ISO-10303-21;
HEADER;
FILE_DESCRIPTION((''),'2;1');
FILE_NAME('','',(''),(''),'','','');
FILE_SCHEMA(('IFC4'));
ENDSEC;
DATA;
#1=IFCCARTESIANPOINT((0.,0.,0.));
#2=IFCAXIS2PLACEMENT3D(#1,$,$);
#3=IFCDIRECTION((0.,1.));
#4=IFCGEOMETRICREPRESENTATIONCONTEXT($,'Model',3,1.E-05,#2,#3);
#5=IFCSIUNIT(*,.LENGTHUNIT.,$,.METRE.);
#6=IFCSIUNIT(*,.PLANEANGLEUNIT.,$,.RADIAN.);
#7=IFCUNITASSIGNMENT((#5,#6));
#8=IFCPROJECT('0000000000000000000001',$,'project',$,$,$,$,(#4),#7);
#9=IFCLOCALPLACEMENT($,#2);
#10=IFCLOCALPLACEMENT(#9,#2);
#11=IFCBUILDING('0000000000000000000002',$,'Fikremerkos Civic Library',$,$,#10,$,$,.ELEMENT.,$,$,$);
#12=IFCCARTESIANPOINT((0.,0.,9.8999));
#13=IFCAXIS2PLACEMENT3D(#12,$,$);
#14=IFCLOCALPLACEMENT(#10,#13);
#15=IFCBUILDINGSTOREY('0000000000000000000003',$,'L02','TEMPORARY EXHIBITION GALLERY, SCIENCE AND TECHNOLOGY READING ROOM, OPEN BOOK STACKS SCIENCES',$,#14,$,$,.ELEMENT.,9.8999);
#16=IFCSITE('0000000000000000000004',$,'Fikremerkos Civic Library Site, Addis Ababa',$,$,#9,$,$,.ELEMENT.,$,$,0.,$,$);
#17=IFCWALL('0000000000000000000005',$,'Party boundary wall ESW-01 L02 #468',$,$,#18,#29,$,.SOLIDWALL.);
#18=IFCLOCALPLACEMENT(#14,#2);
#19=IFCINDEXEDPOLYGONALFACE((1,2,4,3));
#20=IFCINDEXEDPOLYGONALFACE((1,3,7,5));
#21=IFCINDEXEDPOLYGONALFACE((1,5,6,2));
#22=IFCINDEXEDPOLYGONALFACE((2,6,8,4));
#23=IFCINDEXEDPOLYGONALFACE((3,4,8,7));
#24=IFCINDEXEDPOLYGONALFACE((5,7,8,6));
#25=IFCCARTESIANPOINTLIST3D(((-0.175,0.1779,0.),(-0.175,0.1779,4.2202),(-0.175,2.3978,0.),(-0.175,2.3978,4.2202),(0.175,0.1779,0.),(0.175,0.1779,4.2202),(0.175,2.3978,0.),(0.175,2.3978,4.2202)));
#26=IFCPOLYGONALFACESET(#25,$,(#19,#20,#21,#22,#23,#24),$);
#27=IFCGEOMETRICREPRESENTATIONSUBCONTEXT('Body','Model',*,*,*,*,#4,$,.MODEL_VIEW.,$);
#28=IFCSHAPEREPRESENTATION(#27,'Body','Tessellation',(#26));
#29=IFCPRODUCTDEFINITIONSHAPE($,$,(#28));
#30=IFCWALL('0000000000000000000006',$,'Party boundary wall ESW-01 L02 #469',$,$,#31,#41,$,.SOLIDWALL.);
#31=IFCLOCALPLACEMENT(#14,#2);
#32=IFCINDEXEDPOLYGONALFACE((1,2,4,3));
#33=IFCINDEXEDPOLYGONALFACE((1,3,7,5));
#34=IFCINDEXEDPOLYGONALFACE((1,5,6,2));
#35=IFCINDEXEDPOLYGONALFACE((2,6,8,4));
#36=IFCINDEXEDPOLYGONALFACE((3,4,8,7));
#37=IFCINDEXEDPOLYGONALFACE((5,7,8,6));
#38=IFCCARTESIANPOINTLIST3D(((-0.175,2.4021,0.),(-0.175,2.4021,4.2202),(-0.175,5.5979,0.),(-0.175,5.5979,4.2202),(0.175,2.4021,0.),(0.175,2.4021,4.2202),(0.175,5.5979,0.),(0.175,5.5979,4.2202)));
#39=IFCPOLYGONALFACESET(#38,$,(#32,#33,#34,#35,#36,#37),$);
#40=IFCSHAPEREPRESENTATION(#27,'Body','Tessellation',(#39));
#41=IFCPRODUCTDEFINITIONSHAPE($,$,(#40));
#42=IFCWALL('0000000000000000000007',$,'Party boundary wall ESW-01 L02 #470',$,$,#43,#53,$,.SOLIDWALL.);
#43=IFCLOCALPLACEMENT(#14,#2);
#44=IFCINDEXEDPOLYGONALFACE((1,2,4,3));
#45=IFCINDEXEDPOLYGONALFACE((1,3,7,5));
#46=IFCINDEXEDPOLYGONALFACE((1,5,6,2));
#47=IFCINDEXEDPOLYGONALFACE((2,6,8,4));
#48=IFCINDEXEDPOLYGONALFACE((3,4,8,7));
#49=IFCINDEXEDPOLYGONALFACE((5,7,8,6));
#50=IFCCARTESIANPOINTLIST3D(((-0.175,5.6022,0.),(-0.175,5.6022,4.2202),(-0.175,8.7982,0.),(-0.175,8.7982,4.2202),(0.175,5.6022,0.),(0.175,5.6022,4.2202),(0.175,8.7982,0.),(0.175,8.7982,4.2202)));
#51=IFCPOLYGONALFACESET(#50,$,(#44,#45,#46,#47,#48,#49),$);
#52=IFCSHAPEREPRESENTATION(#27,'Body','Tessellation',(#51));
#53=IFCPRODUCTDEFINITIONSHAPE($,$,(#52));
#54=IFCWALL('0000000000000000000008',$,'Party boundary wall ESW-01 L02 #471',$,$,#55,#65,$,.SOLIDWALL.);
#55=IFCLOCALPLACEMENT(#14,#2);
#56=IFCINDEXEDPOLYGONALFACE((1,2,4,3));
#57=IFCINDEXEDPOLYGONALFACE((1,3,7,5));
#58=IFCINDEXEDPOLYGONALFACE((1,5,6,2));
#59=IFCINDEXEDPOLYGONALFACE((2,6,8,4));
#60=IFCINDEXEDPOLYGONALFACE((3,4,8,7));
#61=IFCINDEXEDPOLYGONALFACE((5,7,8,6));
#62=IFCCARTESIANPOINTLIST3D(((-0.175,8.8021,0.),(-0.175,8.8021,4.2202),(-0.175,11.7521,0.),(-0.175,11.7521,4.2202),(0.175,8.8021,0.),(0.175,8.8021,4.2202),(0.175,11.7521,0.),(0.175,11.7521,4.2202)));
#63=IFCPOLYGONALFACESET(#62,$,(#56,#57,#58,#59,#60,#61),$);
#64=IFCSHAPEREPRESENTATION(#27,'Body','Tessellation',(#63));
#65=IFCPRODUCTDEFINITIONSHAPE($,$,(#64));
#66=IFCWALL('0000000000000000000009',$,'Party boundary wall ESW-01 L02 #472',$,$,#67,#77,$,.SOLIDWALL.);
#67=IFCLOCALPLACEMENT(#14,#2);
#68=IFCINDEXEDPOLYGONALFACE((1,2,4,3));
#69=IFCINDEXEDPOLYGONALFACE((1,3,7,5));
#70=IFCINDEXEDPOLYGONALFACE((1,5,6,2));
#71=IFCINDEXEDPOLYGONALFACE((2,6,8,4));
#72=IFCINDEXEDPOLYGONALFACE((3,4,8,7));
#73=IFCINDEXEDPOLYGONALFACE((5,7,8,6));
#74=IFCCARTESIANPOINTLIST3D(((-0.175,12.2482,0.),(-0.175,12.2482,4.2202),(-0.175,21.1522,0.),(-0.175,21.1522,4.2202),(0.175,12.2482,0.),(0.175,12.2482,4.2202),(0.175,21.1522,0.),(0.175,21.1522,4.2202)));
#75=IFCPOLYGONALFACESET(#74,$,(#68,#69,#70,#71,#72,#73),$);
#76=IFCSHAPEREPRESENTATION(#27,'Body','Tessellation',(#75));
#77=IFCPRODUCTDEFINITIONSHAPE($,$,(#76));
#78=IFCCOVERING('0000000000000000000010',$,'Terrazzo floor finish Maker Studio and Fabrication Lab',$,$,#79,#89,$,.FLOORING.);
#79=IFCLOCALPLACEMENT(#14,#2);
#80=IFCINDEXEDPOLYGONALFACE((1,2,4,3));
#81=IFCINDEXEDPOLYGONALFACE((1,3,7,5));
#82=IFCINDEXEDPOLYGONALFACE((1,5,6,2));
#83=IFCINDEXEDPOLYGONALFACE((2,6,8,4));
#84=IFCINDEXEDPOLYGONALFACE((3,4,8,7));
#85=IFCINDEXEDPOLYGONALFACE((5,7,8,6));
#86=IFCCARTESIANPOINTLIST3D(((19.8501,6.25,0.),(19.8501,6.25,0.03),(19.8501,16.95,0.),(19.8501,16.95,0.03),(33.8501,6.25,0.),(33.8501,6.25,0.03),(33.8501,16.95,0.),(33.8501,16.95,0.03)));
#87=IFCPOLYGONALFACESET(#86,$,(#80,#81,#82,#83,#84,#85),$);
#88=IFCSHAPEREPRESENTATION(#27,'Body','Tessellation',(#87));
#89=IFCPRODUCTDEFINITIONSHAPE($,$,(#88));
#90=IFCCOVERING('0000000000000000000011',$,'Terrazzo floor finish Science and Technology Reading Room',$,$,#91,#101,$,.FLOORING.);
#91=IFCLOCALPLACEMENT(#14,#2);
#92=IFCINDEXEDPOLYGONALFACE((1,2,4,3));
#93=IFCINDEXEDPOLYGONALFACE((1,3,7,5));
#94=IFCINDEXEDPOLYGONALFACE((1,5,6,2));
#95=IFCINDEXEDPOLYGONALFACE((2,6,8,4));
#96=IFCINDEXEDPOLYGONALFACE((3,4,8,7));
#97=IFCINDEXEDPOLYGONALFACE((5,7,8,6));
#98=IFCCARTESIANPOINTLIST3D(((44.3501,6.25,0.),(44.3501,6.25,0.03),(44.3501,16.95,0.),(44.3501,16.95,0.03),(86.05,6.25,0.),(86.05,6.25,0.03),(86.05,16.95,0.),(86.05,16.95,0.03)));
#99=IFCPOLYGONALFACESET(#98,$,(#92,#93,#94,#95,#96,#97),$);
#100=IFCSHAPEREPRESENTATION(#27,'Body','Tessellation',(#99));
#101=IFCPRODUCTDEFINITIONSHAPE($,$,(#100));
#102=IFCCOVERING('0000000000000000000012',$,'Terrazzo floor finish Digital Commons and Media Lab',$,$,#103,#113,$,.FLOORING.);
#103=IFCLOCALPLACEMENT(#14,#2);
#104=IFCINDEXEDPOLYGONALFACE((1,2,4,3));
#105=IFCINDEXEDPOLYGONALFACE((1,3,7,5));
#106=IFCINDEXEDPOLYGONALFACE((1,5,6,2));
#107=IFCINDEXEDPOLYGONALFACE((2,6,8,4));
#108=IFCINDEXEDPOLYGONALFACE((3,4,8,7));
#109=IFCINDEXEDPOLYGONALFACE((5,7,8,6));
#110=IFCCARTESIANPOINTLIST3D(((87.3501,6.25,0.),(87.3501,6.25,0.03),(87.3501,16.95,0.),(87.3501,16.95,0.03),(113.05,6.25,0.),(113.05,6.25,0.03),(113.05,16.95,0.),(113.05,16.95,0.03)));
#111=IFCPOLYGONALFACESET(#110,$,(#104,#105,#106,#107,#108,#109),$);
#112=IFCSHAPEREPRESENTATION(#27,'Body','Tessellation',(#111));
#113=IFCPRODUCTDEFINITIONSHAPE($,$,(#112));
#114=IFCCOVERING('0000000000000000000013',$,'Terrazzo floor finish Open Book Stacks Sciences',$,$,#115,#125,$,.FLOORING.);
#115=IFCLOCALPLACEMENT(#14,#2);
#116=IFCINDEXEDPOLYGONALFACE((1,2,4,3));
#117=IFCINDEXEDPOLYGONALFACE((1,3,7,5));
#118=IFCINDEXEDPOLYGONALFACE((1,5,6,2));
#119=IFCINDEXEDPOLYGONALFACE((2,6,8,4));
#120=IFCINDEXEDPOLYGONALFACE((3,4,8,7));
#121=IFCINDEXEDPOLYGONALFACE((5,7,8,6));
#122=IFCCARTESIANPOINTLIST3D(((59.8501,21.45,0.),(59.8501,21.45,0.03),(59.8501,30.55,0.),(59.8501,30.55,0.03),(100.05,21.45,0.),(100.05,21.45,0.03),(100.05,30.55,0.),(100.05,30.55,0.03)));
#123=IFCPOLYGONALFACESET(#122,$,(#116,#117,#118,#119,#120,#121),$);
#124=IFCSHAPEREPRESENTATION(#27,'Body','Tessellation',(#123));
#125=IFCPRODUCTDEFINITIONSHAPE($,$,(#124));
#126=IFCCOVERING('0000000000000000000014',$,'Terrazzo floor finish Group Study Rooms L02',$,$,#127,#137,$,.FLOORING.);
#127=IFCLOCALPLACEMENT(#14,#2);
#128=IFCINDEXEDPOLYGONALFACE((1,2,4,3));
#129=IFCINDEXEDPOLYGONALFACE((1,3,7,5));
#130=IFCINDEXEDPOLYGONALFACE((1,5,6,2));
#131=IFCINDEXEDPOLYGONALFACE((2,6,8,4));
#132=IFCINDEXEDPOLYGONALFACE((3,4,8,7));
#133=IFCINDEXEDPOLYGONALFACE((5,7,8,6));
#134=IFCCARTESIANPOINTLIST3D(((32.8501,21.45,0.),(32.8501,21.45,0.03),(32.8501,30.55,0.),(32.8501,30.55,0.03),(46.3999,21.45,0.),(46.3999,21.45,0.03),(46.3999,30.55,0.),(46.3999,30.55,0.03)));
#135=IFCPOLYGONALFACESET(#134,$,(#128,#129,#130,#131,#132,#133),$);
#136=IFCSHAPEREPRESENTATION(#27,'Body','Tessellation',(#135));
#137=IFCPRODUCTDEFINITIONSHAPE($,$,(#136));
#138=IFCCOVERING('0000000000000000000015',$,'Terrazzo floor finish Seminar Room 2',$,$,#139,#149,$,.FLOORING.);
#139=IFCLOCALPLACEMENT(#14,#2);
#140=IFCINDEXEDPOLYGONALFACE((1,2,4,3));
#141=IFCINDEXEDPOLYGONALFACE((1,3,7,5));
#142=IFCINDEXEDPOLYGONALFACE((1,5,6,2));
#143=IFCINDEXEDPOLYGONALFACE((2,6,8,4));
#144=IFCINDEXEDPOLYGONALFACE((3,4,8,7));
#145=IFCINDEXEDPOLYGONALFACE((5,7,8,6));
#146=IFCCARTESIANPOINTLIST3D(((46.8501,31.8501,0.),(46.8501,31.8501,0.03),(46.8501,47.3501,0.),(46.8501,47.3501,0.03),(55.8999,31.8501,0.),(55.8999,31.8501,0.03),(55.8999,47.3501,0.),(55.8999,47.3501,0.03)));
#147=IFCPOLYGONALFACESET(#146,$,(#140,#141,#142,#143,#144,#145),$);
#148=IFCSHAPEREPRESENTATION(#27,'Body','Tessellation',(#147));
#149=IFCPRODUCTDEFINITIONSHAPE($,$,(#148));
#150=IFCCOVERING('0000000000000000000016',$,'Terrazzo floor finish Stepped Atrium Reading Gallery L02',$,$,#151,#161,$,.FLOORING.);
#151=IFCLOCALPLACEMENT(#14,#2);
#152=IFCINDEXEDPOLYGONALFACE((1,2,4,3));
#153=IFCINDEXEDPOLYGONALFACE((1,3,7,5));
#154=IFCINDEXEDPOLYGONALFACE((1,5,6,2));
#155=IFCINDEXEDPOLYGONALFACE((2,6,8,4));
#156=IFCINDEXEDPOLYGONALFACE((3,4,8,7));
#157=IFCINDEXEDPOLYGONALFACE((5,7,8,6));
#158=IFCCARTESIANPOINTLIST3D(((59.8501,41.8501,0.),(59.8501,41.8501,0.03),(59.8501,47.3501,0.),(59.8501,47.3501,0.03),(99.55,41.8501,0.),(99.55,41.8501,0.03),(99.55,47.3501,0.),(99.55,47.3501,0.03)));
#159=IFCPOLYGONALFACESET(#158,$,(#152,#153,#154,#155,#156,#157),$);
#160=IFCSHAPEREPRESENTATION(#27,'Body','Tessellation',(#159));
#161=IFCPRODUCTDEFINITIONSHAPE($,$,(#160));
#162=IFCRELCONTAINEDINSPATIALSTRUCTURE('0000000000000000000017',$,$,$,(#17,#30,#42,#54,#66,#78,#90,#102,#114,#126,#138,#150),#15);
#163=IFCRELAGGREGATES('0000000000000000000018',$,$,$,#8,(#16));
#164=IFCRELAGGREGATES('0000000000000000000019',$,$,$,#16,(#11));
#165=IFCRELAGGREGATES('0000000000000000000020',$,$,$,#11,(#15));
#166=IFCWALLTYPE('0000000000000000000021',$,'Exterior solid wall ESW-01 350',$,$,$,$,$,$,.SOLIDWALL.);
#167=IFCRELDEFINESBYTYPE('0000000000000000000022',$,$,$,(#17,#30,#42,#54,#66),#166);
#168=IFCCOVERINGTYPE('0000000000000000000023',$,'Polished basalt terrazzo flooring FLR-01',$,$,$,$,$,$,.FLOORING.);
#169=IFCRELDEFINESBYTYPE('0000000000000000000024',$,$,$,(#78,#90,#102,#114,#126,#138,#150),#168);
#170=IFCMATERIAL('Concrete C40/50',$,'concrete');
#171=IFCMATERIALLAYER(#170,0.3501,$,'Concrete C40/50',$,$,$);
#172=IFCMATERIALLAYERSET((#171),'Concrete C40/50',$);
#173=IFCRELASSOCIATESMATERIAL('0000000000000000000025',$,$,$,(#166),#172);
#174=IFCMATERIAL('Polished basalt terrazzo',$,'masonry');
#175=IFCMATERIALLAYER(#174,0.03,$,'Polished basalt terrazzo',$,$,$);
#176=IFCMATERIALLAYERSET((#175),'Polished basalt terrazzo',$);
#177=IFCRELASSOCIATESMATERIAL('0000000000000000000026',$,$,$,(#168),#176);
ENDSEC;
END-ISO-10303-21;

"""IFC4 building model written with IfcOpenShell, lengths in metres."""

from ifc_helpers import new_model, si_unit, direction, frame, frame_2d, origin, place, context, subcontext, project, spatial, polyline, rectangle, outline, extrude, material, layer, layer_set, type_object, element, save


model = new_model("IFC4")

# Units and contexts
model_context = context("Model", 3, precision=1e-05, world=origin(), true_north=direction((0.0, 1.0)))
body_context = subcontext(model_context, "Body", "Model", "MODEL_VIEW")
ifc_project = project(units=[si_unit("LENGTHUNIT", "METRE"), si_unit("PLANEANGLEUNIT", "RADIAN")], contexts=[model_context])

# Site, building, storey
site_placement = place(None, origin())
site = spatial("IfcSite", under=ifc_project, at=site_placement, Name="Fikremerkos Civic Library Site, Addis Ababa", CompositionType="ELEMENT", RefElevation=0.0)
building_placement = place(site_placement, origin())
building = spatial("IfcBuilding", under=site, at=building_placement, Name="Fikremerkos Civic Library", CompositionType="ELEMENT")
storey_placement = place(building_placement, frame((0.0, 0.0, 9.8999)))
storey = spatial("IfcBuildingStorey", under=building, at=storey_placement, Name="L02", Description="TEMPORARY EXHIBITION GALLERY, SCIENCE AND TECHNOLOGY READING ROOM, OPEN BOOK STACKS SCIENCES", CompositionType="ELEMENT", Elevation=9.8999)

# Shared definitions
ifc_material_1 = material(Name="Concrete C40/50", Category="concrete")

# Walls
ifc_layer_1 = layer(ifc_material_1, 0.3501, Name="Concrete C40/50")
ifc_layer_set_1 = layer_set([ifc_layer_1], Name="Concrete C40/50")
wall_type = type_object("IfcWallType", Name="Exterior solid wall ESW-01 350", PredefinedType="SOLIDWALL", material=ifc_layer_set_1)
wall_1_placement = place(storey_placement, frame((0.0, 0.178, 0.0), z_axis=(0.0, 0.0, 1.0), x_axis=(0.0, 1.0, 0.0)))
element("IfcWall", 1, at=wall_1_placement, inside=storey, type_object=wall_type, Name="Party boundary wall ESW-01 L02 #468", PredefinedType="SOLIDWALL", context=body_context, shape_type="SweptSolid", body=[
    extrude(rectangle(XDim=2.22, YDim=0.3501, at=frame_2d((1.1099, 0.0))), origin(), (0.0, 0.0, 1.0), 4.2202),
])
wall_2_placement = place(storey_placement, frame((0.0, 2.4021, 0.0), z_axis=(0.0, 0.0, 1.0), x_axis=(0.0, 1.0, 0.0)))
element("IfcWall", 2, at=wall_2_placement, inside=storey, type_object=wall_type, Name="Party boundary wall ESW-01 L02 #469", PredefinedType="SOLIDWALL", context=body_context, shape_type="SweptSolid", body=[
    extrude(rectangle(XDim=3.1958, YDim=0.3501, at=frame_2d((1.5979, 0.0))), origin(), (0.0, 0.0, 1.0), 4.2202),
])
wall_3_placement = place(storey_placement, frame((0.0, 5.6021, 0.0), z_axis=(0.0, 0.0, 1.0), x_axis=(0.0, 1.0, 0.0)))
element("IfcWall", 3, at=wall_3_placement, inside=storey, type_object=wall_type, Name="Party boundary wall ESW-01 L02 #470", PredefinedType="SOLIDWALL", context=body_context, shape_type="SweptSolid", body=[
    extrude(rectangle(XDim=3.196, YDim=0.3501, at=frame_2d((1.5981, 0.0))), origin(), (0.0, 0.0, 1.0), 4.2202),
])
wall_4_placement = place(storey_placement, frame((0.0, 8.802, 0.0), z_axis=(0.0, 0.0, 1.0), x_axis=(0.0, 1.0, 0.0)))
element("IfcWall", 4, at=wall_4_placement, inside=storey, type_object=wall_type, Name="Party boundary wall ESW-01 L02 #471", PredefinedType="SOLIDWALL", context=body_context, shape_type="SweptSolid", body=[
    extrude(rectangle(XDim=2.95, YDim=0.3501, at=frame_2d((1.4751, 0.0))), origin(), (0.0, 0.0, 1.0), 4.2202),
])
wall_5_placement = place(storey_placement, frame((0.0, 12.248, 0.0), z_axis=(0.0, 0.0, 1.0), x_axis=(0.0, 1.0, 0.0)))
element("IfcWall", 5, at=wall_5_placement, inside=storey, type_object=wall_type, Name="Party boundary wall ESW-01 L02 #472", PredefinedType="SOLIDWALL", context=body_context, shape_type="SweptSolid", body=[
    extrude(rectangle(XDim=8.9041, YDim=0.3501, at=frame_2d((4.4521, 0.0))), origin(), (0.0, 0.0, 1.0), 4.2202),
])

# Coverings
ifc_material_2 = material(Name="Polished basalt terrazzo", Category="masonry")
ifc_layer_2 = layer(ifc_material_2, 0.03, Name="Polished basalt terrazzo")
ifc_layer_set_2 = layer_set([ifc_layer_2], Name="Polished basalt terrazzo")
covering_type = type_object("IfcCoveringType", Name="Polished basalt terrazzo flooring FLR-01", PredefinedType="FLOORING", material=ifc_layer_set_2)
covering_1_placement = place(storey_placement, origin())
element("IfcCovering", 6, at=covering_1_placement, inside=storey, type_object=covering_type, Name="Terrazzo floor finish Maker Studio and Fabrication Lab", PredefinedType="FLOORING", context=body_context, shape_type="SweptSolid", body=[
    extrude(outline(polyline([(19.8501, 16.95), (33.8501, 16.95), (33.8501, 6.25), (19.8501, 6.25), (19.8501, 16.95)])), origin(), (0.0, 0.0, 1.0), 0.03),
])
covering_2_placement = place(storey_placement, origin())
element("IfcCovering", 7, at=covering_2_placement, inside=storey, type_object=covering_type, Name="Terrazzo floor finish Science and Technology Reading Room", PredefinedType="FLOORING", context=body_context, shape_type="SweptSolid", body=[
    extrude(outline(polyline([(44.3501, 16.95), (86.05, 16.95), (86.05, 6.25), (44.3501, 6.25), (44.3501, 16.95)])), origin(), (0.0, 0.0, 1.0), 0.03),
])
covering_3_placement = place(storey_placement, origin())
element("IfcCovering", 8, at=covering_3_placement, inside=storey, type_object=covering_type, Name="Terrazzo floor finish Digital Commons and Media Lab", PredefinedType="FLOORING", context=body_context, shape_type="SweptSolid", body=[
    extrude(outline(polyline([(87.3501, 16.95), (113.05, 16.95), (113.05, 6.25), (87.3501, 6.25), (87.3501, 16.95)])), origin(), (0.0, 0.0, 1.0), 0.03),
])
covering_4_placement = place(storey_placement, origin())
element("IfcCovering", 9, at=covering_4_placement, inside=storey, type_object=covering_type, Name="Terrazzo floor finish Open Book Stacks Sciences", PredefinedType="FLOORING", context=body_context, shape_type="SweptSolid", body=[
    extrude(outline(polyline([(59.8501, 30.55), (100.05, 30.55), (100.05, 21.45), (59.8501, 21.45), (59.8501, 30.55)])), origin(), (0.0, 0.0, 1.0), 0.03),
])
covering_5_placement = place(storey_placement, origin())
element("IfcCovering", 10, at=covering_5_placement, inside=storey, type_object=covering_type, Name="Terrazzo floor finish Group Study Rooms L02", PredefinedType="FLOORING", context=body_context, shape_type="SweptSolid", body=[
    extrude(outline(polyline([(32.8501, 30.55), (46.3999, 30.55), (46.3999, 21.45), (32.8501, 21.45), (32.8501, 30.55)])), origin(), (0.0, 0.0, 1.0), 0.03),
])
covering_6_placement = place(storey_placement, origin())
element("IfcCovering", 11, at=covering_6_placement, inside=storey, type_object=covering_type, Name="Terrazzo floor finish Seminar Room 2", PredefinedType="FLOORING", context=body_context, shape_type="SweptSolid", body=[
    extrude(outline(polyline([(46.8501, 47.3501), (55.8999, 47.3501), (55.8999, 31.8501), (46.8501, 31.8501), (46.8501, 47.3501)])), origin(), (0.0, 0.0, 1.0), 0.03),
])
covering_7_placement = place(storey_placement, origin())
element("IfcCovering", 12, at=covering_7_placement, inside=storey, type_object=covering_type, Name="Terrazzo floor finish Stepped Atrium Reading Gallery L02", PredefinedType="FLOORING", context=body_context, shape_type="SweptSolid", body=[
    extrude(outline(polyline([(59.8501, 47.3501), (99.55, 47.3501), (99.55, 41.8501), (59.8501, 41.8501), (59.8501, 47.3501)])), origin(), (0.0, 0.0, 1.0), 0.03),
])

save(model, "model.ifc")
